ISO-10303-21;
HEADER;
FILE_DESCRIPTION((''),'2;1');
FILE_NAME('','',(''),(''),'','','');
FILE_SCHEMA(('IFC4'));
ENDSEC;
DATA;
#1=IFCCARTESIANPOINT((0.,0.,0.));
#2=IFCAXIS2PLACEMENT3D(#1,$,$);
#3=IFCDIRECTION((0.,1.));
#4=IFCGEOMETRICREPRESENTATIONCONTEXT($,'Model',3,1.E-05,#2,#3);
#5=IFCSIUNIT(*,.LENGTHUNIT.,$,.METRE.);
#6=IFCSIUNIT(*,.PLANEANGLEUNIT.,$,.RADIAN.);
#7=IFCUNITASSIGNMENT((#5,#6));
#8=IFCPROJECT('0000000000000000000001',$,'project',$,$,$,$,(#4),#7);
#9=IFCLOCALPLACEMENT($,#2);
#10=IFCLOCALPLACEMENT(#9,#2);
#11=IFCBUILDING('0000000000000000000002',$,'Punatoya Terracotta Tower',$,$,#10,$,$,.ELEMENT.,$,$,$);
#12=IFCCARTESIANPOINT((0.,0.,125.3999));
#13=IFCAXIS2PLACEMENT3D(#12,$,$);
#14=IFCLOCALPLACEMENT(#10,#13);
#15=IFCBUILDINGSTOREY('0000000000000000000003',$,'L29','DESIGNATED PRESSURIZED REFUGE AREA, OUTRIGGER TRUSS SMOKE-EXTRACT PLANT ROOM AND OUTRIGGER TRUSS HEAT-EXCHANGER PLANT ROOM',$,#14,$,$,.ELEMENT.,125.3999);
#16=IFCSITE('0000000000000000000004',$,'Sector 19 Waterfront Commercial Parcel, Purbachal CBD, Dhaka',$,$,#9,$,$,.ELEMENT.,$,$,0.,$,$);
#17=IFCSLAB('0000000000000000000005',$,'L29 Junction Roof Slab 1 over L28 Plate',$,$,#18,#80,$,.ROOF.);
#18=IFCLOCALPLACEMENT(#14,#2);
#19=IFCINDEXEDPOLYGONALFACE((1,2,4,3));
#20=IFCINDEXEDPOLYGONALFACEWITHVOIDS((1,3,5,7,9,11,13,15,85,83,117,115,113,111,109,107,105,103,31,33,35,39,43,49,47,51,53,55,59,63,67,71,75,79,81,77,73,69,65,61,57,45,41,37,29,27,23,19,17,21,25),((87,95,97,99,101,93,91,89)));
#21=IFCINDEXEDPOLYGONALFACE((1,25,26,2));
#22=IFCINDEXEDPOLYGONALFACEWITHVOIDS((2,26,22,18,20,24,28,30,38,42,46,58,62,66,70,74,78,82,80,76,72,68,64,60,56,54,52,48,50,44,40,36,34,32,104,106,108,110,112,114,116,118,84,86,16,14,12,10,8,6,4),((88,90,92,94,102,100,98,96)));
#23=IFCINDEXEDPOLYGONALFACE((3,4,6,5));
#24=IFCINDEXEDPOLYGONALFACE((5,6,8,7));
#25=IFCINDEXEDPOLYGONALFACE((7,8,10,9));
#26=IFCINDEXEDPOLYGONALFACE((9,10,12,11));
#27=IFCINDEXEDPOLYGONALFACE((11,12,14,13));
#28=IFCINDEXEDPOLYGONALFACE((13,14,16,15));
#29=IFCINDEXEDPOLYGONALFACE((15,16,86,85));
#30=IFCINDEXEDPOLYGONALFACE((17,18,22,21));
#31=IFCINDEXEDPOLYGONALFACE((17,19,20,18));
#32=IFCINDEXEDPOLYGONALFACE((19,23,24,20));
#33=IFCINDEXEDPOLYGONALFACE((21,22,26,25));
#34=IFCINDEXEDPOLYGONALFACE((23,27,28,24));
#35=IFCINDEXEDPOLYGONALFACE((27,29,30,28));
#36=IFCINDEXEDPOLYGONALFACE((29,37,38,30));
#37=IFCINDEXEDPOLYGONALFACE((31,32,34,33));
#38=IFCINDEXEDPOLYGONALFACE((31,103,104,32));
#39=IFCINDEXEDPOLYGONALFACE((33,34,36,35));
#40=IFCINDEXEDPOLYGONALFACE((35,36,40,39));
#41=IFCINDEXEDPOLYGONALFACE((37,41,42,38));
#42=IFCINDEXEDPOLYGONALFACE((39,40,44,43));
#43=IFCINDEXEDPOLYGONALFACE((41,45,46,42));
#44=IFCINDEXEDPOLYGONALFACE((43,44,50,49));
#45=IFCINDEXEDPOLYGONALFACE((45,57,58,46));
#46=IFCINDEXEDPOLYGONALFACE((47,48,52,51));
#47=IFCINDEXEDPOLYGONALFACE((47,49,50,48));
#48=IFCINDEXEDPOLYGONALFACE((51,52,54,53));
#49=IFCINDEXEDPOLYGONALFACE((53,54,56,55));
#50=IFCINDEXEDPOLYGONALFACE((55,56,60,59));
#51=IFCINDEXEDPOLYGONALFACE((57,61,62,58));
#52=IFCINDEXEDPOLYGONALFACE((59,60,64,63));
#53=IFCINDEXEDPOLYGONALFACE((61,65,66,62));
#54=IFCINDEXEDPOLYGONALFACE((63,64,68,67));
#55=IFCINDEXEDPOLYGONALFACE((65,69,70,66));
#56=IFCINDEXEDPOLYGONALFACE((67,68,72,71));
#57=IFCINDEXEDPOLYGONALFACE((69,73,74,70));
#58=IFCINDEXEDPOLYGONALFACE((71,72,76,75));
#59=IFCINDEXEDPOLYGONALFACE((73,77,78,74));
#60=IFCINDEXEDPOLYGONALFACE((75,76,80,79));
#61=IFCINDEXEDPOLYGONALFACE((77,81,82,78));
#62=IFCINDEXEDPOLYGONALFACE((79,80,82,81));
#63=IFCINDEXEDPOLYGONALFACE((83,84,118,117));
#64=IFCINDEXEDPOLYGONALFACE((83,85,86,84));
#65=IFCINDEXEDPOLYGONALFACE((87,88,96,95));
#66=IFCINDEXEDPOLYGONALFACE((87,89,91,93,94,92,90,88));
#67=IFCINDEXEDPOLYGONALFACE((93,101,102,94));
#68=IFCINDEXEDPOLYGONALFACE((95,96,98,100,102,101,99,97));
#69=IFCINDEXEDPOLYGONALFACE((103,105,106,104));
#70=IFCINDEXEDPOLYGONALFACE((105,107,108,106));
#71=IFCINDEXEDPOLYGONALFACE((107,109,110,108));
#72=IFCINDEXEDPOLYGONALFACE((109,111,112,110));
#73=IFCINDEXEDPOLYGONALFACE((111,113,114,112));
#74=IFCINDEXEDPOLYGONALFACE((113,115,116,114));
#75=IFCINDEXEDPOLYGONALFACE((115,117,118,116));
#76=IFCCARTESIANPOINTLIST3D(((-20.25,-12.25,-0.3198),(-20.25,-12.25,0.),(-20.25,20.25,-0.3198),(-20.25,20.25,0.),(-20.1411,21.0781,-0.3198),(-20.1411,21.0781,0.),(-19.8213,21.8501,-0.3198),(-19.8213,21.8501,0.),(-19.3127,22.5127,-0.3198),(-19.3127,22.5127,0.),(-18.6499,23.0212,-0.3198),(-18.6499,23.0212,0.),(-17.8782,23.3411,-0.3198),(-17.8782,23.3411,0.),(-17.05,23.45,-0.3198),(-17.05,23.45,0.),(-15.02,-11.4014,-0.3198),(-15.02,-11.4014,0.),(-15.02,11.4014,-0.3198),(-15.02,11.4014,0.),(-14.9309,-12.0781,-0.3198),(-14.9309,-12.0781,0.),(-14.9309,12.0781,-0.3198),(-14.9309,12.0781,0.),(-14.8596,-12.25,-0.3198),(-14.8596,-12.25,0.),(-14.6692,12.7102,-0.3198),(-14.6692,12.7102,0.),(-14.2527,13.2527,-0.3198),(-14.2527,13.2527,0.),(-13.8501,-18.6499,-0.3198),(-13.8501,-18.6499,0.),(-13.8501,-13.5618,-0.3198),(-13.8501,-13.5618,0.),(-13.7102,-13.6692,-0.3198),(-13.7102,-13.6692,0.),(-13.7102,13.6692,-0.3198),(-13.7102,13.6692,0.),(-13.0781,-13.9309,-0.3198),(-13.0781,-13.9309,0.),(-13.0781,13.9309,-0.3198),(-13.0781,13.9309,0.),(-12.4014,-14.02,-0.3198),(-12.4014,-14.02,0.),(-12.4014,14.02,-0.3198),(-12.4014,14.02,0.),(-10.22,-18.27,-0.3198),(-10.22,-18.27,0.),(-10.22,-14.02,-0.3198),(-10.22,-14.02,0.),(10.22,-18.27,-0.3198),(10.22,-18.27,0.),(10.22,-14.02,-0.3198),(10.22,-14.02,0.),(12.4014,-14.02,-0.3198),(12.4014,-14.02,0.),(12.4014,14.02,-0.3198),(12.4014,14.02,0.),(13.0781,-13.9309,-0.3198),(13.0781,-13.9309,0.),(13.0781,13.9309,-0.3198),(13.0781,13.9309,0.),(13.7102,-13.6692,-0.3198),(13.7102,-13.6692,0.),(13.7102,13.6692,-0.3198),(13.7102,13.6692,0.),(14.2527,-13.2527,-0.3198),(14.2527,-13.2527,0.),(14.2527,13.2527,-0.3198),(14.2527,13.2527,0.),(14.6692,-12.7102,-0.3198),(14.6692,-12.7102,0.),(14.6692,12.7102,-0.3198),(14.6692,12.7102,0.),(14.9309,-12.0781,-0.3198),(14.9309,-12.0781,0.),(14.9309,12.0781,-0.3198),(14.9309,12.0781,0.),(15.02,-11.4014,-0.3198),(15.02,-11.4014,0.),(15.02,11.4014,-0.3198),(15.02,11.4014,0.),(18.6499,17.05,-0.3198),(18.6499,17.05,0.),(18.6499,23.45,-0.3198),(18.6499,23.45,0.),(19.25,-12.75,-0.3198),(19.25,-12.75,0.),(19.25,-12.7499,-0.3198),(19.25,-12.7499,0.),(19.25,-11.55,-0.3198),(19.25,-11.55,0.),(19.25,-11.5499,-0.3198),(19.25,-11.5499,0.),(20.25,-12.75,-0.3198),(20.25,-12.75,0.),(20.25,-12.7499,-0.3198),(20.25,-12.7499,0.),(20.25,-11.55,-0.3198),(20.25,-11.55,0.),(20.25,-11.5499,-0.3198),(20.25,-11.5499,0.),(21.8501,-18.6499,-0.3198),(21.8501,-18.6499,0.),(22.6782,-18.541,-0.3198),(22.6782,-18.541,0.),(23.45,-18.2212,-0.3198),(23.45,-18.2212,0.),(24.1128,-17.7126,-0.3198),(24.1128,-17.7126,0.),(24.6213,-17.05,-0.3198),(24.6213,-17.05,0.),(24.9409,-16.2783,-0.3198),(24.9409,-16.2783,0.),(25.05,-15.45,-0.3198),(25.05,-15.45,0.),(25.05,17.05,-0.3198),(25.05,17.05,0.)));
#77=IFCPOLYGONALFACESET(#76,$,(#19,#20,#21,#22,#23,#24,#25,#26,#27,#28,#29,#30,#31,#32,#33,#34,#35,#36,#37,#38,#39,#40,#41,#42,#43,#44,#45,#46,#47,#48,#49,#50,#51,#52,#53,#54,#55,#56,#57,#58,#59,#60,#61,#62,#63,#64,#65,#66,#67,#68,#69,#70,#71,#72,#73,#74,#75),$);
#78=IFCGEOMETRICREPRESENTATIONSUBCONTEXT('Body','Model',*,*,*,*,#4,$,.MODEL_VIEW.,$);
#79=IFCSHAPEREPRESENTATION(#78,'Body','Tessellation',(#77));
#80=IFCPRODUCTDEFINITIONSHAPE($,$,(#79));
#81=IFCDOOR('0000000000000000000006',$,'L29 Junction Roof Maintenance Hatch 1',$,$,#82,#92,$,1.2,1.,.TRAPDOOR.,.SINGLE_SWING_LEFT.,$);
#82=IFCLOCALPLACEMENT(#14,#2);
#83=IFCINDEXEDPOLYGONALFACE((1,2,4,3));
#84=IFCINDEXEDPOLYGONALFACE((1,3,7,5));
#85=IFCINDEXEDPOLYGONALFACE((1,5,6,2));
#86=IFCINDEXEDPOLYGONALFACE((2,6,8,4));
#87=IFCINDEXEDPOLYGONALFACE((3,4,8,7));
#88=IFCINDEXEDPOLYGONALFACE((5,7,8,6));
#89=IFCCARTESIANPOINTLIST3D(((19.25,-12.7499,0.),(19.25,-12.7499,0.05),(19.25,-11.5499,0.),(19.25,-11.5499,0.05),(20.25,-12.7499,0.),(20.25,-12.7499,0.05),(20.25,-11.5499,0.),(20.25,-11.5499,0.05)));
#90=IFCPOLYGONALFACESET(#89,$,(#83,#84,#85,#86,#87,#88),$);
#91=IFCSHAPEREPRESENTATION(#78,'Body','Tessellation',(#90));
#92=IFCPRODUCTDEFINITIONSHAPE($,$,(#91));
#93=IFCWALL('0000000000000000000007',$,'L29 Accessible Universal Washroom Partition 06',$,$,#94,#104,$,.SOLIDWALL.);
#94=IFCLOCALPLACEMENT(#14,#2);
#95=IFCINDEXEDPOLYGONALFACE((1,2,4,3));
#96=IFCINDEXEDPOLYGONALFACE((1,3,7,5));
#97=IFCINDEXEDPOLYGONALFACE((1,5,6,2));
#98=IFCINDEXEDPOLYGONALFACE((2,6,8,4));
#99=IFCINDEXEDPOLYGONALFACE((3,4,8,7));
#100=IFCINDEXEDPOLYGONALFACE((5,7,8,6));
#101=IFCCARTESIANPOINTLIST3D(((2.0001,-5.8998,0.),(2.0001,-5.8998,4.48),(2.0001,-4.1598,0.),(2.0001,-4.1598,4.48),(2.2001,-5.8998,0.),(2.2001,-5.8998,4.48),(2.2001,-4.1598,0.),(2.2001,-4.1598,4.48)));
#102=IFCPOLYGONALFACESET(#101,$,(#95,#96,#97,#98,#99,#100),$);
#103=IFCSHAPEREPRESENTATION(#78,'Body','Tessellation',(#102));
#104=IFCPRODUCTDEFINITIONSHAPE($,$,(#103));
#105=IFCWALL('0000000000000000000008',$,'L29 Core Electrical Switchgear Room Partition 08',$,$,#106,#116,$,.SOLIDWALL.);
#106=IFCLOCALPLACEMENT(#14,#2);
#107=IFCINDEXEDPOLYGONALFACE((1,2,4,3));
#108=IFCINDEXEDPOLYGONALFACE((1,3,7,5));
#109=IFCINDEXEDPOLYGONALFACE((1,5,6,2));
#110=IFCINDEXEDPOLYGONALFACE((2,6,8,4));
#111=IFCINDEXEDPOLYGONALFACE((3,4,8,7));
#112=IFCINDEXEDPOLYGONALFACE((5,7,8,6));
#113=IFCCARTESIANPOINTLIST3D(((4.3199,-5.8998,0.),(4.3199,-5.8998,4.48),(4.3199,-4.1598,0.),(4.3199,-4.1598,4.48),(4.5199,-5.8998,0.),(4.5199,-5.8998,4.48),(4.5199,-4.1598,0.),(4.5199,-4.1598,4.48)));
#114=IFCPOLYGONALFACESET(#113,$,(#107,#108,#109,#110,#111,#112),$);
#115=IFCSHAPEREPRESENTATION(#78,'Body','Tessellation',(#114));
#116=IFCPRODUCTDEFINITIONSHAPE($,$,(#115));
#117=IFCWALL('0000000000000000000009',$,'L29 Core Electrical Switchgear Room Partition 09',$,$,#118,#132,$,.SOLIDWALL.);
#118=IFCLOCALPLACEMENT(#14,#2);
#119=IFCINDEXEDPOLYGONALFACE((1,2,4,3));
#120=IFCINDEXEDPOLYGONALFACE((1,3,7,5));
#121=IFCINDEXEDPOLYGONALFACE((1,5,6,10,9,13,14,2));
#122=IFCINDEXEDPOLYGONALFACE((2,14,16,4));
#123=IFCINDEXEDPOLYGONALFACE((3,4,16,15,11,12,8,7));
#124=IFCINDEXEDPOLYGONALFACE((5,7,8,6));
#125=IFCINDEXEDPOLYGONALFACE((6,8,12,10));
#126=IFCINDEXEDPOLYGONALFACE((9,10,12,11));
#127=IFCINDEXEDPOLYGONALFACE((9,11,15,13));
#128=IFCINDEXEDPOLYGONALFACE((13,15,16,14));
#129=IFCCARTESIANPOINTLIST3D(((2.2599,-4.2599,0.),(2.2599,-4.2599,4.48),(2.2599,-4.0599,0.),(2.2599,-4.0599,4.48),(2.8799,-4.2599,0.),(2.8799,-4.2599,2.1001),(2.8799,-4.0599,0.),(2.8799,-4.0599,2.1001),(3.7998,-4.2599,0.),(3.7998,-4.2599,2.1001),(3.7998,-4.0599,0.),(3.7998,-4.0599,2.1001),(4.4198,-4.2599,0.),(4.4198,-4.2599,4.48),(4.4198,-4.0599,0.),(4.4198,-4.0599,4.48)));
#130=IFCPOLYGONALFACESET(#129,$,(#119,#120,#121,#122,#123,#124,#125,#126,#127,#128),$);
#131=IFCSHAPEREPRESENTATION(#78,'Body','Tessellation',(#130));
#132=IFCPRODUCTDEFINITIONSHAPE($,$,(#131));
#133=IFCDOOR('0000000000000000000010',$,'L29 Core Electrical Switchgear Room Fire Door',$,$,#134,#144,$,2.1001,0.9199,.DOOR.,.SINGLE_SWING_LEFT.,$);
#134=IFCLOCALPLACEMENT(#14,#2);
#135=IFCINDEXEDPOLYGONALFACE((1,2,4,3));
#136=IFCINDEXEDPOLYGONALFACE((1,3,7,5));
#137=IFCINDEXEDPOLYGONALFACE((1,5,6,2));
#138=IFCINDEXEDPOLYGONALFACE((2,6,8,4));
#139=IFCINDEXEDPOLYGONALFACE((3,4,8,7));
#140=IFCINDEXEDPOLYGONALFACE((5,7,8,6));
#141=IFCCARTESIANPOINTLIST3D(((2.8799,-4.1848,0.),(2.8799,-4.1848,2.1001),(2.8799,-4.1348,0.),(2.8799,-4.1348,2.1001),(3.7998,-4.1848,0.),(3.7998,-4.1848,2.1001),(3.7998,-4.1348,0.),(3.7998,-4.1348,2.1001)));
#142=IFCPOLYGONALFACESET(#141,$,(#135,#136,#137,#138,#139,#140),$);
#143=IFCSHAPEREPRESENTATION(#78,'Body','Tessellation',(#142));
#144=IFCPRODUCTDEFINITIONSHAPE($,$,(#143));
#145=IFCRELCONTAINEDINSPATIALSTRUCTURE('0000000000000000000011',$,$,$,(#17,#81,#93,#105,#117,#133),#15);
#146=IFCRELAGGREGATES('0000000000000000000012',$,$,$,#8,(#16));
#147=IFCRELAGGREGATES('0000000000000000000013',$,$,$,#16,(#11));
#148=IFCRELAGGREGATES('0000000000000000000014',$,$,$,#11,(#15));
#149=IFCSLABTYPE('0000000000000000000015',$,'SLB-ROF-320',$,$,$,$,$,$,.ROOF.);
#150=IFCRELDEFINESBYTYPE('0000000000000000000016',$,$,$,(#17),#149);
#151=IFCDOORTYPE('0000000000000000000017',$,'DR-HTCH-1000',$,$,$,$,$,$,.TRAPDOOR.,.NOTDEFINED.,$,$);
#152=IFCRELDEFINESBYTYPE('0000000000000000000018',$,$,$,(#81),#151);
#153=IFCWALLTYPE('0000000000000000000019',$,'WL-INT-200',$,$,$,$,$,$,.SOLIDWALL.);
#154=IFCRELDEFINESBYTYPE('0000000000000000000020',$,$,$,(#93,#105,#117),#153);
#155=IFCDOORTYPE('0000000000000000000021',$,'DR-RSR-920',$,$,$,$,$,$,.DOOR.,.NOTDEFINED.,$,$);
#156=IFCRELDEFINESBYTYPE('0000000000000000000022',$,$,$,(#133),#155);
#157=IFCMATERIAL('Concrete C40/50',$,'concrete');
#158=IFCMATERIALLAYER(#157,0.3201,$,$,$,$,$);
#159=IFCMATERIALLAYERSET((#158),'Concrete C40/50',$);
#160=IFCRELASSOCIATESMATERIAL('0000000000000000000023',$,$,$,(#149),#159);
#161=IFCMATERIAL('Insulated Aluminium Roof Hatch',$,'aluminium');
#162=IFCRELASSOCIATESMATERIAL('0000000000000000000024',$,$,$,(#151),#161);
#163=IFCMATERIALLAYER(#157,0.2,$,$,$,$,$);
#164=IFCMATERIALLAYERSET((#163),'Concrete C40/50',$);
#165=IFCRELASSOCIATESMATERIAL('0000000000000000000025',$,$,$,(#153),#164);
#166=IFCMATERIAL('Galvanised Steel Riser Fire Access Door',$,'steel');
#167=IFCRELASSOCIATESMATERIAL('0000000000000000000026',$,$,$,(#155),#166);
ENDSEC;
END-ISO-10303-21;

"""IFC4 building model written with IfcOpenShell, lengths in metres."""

from ifc_helpers import new_model, si_unit, direction, frame, frame_2d, origin, origin_2d, place, context, subcontext, project, spatial, polyline, rectangle, outline, extrude, material, layer, layer_set, type_object, element, fill, save


model = new_model("IFC4")

# Units and contexts
model_context = context("Model", 3, precision=1e-05, world=origin(), true_north=direction((0.0, 1.0)))
body_context = subcontext(model_context, "Body", "Model", "MODEL_VIEW")
ifc_project = project(units=[si_unit("LENGTHUNIT", "METRE"), si_unit("PLANEANGLEUNIT", "RADIAN")], contexts=[model_context])

# Site, building, storey
site_placement = place(None, origin())
site = spatial("IfcSite", under=ifc_project, at=site_placement, Name="Sector 19 Waterfront Commercial Parcel, Purbachal CBD, Dhaka", CompositionType="ELEMENT", RefElevation=0.0)
building_placement = place(site_placement, origin())
building = spatial("IfcBuilding", under=site, at=building_placement, Name="Punatoya Terracotta Tower", CompositionType="ELEMENT")
storey_placement = place(building_placement, frame((0.0, 0.0, 125.3999)))
storey = spatial("IfcBuildingStorey", under=building, at=storey_placement, Name="L29", Description="DESIGNATED PRESSURIZED REFUGE AREA, OUTRIGGER TRUSS SMOKE-EXTRACT PLANT ROOM AND OUTRIGGER TRUSS HEAT-EXCHANGER PLANT ROOM", CompositionType="ELEMENT", Elevation=125.3999)

# Shared definitions
ifc_material_1 = material(Name="Concrete C40/50", Category="concrete")

# Slab, opening, door
ifc_layer_1 = layer(ifc_material_1, 0.3201)
ifc_layer_set_1 = layer_set([ifc_layer_1], Name="Concrete C40/50")
slab_type_1 = type_object("IfcSlabType", Name="SLB-ROF-320", PredefinedType="ROOF", material=ifc_layer_set_1)
slab_1_placement = place(storey_placement, frame((0.0, 0.0, -0.3198)))
slab_1 = element("IfcSlab", 1, at=slab_1_placement, inside=storey, type_object=slab_type_1, Name="L29 Junction Roof Slab 1 over L28 Plate", PredefinedType="ROOF", context=body_context, shape_type="SweptSolid", body=[
    extrude(outline(polyline([(-20.1411, 21.0781), (-20.25, 20.25), (-20.25, -12.25), (-14.8596, -12.25), (-14.9309, -12.0781), (-15.02, -11.4014), (-15.02, 11.4014), (-14.9309, 12.0781), (-14.6692, 12.7102), (-14.2527, 13.2527), (-13.7102, 13.6692), (-13.0781, 13.9309), (-12.4014, 14.02), (12.4014, 14.02), (13.0781, 13.9309), (13.7102, 13.6692), (14.2527, 13.2527), (14.6692, 12.7102), (14.9309, 12.0781), (15.02, 11.4014), (15.02, -11.4014), (14.9309, -12.0781), (14.6692, -12.7102), (14.2527, -13.2527), (13.7102, -13.6692), (13.0781, -13.9309), (12.4014, -14.02), (10.22, -14.02), (10.22, -18.27), (-10.22, -18.27), (-10.22, -14.02), (-12.4014, -14.02), (-13.0781, -13.9309), (-13.7102, -13.6692), (-13.8501, -13.5618), (-13.8501, -18.6499), (21.8501, -18.6499), (22.6782, -18.541), (23.45, -18.2212), (24.1128, -17.7126), (24.6213, -17.05), (24.9409, -16.2783), (25.05, -15.45), (25.05, 17.05), (18.6499, 17.05), (18.6499, 23.45), (-17.05, 23.45), (-17.8782, 23.3411), (-18.6499, 23.0212), (-19.3127, 22.5127), (-19.8213, 21.8501), (-20.1411, 21.0781)]), holes=[polyline([(20.25, -11.55), (20.25, -12.75), (19.25, -12.75), (19.25, -11.55), (20.25, -11.55)])]), origin(), (0.0, 0.0, 1.0), 0.3198),
])
opening_1_placement = place(slab_1_placement, frame((19.75, -12.1499, 0.0)))
opening_1 = element("IfcOpeningElement", 2, at=opening_1_placement, cuts=slab_1, PredefinedType="OPENING", context=body_context, shape_type="SweptSolid", body=[
    extrude(rectangle(XDim=1.0, YDim=1.2, at=origin_2d()), frame((0.0, 0.0, -0.01)), (0.0, 0.0, 1.0), 0.3899),
])
ifc_material_2 = material(Name="Insulated Aluminium Roof Hatch", Category="aluminium")
door_type_1 = type_object("IfcDoorType", Name="DR-HTCH-1000", OperationType="NOTDEFINED", PredefinedType="TRAPDOOR", material=ifc_material_2)
door_1_placement = place(opening_1_placement, frame((0.0, 0.0, 0.3198)))
door_1 = element("IfcDoor", 3, at=door_1_placement, inside=storey, type_object=door_type_1, Name="L29 Junction Roof Maintenance Hatch 1", OperationType="SINGLE_SWING_LEFT", OverallHeight=1.2, OverallWidth=1.0, PredefinedType="TRAPDOOR", context=body_context, shape_type="SweptSolid", body=[
    extrude(rectangle(XDim=1.0, YDim=1.2, at=origin_2d()), origin(), (0.0, 0.0, 1.0), 0.05),
])
fill(opening_1, door_1)

# Wall
ifc_layer_2 = layer(ifc_material_1, 0.2)
ifc_layer_set_2 = layer_set([ifc_layer_2], Name="Concrete C40/50")
wall_type_1 = type_object("IfcWallType", Name="WL-INT-200", PredefinedType="SOLIDWALL", material=ifc_layer_set_2)
wall_1_placement = place(storey_placement, frame((2.1001, -5.8999, 0.0), z_axis=(0.0, 0.0, 1.0), x_axis=(0.0, 1.0, 0.0)))
element("IfcWall", 4, at=wall_1_placement, inside=storey, type_object=wall_type_1, Name="L29 Accessible Universal Washroom Partition 06", PredefinedType="SOLIDWALL", context=body_context, shape_type="SweptSolid", body=[
    extrude(rectangle(XDim=1.74, YDim=0.2, at=frame_2d((0.8701, 0.0))), origin(), (0.0, 0.0, 1.0), 4.48),
])

# Wall
wall_2_placement = place(storey_placement, frame((4.4199, -5.8999, 0.0), z_axis=(0.0, 0.0, 1.0), x_axis=(0.0, 1.0, 0.0)))
element("IfcWall", 5, at=wall_2_placement, inside=storey, type_object=wall_type_1, Name="L29 Core Electrical Switchgear Room Partition 08", PredefinedType="SOLIDWALL", context=body_context, shape_type="SweptSolid", body=[
    extrude(rectangle(XDim=1.74, YDim=0.2, at=frame_2d((0.8701, 0.0))), origin(), (0.0, 0.0, 1.0), 4.48),
])

# Wall, opening, door
wall_3_placement = place(storey_placement, frame((4.4199, -4.1599, 0.0), z_axis=(0.0, 0.0, 1.0), x_axis=(-1.0, 0.0, 0.0)))
wall_3 = element("IfcWall", 6, at=wall_3_placement, inside=storey, type_object=wall_type_1, Name="L29 Core Electrical Switchgear Room Partition 09", PredefinedType="SOLIDWALL", context=body_context, shape_type="SweptSolid", body=[
    extrude(rectangle(XDim=2.1599, YDim=0.2, at=frame_2d((1.0801, 0.0))), origin(), (0.0, 0.0, 1.0), 4.48),
])
opening_2_placement = place(wall_3_placement, frame((0.6201, 0.0, 0.0)))
opening_2 = element("IfcOpeningElement", 7, at=opening_2_placement, cuts=wall_3, PredefinedType="OPENING", context=body_context, shape_type="SweptSolid", body=[
    extrude(rectangle(XDim=0.9199, YDim=2.1001, at=frame_2d((0.46, 1.05))), frame((0.0, 0.1099, 0.0), z_axis=(0.0, -1.0, 0.0), x_axis=(1.0, 0.0, 0.0)), (0.0, 0.0, 1.0), 0.22),
])
ifc_material_3 = material(Name="Galvanised Steel Riser Fire Access Door", Category="steel")
door_type_2 = type_object("IfcDoorType", Name="DR-RSR-920", OperationType="NOTDEFINED", PredefinedType="DOOR", material=ifc_material_3)
door_2_placement = place(opening_2_placement, origin())
door_2 = element("IfcDoor", 8, at=door_2_placement, inside=storey, type_object=door_type_2, Name="L29 Core Electrical Switchgear Room Fire Door", OperationType="SINGLE_SWING_LEFT", OverallHeight=2.1001, OverallWidth=0.9199, PredefinedType="DOOR", context=body_context, shape_type="SweptSolid", body=[
    extrude(rectangle(XDim=0.9199, YDim=2.1001, at=frame_2d((0.46, 1.05))), frame((0.0, 0.0249, 0.0), z_axis=(0.0, -1.0, 0.0), x_axis=(1.0, 0.0, 0.0)), (0.0, 0.0, 1.0), 0.05),
])
fill(opening_2, door_2)

save(model, "model.ifc")
